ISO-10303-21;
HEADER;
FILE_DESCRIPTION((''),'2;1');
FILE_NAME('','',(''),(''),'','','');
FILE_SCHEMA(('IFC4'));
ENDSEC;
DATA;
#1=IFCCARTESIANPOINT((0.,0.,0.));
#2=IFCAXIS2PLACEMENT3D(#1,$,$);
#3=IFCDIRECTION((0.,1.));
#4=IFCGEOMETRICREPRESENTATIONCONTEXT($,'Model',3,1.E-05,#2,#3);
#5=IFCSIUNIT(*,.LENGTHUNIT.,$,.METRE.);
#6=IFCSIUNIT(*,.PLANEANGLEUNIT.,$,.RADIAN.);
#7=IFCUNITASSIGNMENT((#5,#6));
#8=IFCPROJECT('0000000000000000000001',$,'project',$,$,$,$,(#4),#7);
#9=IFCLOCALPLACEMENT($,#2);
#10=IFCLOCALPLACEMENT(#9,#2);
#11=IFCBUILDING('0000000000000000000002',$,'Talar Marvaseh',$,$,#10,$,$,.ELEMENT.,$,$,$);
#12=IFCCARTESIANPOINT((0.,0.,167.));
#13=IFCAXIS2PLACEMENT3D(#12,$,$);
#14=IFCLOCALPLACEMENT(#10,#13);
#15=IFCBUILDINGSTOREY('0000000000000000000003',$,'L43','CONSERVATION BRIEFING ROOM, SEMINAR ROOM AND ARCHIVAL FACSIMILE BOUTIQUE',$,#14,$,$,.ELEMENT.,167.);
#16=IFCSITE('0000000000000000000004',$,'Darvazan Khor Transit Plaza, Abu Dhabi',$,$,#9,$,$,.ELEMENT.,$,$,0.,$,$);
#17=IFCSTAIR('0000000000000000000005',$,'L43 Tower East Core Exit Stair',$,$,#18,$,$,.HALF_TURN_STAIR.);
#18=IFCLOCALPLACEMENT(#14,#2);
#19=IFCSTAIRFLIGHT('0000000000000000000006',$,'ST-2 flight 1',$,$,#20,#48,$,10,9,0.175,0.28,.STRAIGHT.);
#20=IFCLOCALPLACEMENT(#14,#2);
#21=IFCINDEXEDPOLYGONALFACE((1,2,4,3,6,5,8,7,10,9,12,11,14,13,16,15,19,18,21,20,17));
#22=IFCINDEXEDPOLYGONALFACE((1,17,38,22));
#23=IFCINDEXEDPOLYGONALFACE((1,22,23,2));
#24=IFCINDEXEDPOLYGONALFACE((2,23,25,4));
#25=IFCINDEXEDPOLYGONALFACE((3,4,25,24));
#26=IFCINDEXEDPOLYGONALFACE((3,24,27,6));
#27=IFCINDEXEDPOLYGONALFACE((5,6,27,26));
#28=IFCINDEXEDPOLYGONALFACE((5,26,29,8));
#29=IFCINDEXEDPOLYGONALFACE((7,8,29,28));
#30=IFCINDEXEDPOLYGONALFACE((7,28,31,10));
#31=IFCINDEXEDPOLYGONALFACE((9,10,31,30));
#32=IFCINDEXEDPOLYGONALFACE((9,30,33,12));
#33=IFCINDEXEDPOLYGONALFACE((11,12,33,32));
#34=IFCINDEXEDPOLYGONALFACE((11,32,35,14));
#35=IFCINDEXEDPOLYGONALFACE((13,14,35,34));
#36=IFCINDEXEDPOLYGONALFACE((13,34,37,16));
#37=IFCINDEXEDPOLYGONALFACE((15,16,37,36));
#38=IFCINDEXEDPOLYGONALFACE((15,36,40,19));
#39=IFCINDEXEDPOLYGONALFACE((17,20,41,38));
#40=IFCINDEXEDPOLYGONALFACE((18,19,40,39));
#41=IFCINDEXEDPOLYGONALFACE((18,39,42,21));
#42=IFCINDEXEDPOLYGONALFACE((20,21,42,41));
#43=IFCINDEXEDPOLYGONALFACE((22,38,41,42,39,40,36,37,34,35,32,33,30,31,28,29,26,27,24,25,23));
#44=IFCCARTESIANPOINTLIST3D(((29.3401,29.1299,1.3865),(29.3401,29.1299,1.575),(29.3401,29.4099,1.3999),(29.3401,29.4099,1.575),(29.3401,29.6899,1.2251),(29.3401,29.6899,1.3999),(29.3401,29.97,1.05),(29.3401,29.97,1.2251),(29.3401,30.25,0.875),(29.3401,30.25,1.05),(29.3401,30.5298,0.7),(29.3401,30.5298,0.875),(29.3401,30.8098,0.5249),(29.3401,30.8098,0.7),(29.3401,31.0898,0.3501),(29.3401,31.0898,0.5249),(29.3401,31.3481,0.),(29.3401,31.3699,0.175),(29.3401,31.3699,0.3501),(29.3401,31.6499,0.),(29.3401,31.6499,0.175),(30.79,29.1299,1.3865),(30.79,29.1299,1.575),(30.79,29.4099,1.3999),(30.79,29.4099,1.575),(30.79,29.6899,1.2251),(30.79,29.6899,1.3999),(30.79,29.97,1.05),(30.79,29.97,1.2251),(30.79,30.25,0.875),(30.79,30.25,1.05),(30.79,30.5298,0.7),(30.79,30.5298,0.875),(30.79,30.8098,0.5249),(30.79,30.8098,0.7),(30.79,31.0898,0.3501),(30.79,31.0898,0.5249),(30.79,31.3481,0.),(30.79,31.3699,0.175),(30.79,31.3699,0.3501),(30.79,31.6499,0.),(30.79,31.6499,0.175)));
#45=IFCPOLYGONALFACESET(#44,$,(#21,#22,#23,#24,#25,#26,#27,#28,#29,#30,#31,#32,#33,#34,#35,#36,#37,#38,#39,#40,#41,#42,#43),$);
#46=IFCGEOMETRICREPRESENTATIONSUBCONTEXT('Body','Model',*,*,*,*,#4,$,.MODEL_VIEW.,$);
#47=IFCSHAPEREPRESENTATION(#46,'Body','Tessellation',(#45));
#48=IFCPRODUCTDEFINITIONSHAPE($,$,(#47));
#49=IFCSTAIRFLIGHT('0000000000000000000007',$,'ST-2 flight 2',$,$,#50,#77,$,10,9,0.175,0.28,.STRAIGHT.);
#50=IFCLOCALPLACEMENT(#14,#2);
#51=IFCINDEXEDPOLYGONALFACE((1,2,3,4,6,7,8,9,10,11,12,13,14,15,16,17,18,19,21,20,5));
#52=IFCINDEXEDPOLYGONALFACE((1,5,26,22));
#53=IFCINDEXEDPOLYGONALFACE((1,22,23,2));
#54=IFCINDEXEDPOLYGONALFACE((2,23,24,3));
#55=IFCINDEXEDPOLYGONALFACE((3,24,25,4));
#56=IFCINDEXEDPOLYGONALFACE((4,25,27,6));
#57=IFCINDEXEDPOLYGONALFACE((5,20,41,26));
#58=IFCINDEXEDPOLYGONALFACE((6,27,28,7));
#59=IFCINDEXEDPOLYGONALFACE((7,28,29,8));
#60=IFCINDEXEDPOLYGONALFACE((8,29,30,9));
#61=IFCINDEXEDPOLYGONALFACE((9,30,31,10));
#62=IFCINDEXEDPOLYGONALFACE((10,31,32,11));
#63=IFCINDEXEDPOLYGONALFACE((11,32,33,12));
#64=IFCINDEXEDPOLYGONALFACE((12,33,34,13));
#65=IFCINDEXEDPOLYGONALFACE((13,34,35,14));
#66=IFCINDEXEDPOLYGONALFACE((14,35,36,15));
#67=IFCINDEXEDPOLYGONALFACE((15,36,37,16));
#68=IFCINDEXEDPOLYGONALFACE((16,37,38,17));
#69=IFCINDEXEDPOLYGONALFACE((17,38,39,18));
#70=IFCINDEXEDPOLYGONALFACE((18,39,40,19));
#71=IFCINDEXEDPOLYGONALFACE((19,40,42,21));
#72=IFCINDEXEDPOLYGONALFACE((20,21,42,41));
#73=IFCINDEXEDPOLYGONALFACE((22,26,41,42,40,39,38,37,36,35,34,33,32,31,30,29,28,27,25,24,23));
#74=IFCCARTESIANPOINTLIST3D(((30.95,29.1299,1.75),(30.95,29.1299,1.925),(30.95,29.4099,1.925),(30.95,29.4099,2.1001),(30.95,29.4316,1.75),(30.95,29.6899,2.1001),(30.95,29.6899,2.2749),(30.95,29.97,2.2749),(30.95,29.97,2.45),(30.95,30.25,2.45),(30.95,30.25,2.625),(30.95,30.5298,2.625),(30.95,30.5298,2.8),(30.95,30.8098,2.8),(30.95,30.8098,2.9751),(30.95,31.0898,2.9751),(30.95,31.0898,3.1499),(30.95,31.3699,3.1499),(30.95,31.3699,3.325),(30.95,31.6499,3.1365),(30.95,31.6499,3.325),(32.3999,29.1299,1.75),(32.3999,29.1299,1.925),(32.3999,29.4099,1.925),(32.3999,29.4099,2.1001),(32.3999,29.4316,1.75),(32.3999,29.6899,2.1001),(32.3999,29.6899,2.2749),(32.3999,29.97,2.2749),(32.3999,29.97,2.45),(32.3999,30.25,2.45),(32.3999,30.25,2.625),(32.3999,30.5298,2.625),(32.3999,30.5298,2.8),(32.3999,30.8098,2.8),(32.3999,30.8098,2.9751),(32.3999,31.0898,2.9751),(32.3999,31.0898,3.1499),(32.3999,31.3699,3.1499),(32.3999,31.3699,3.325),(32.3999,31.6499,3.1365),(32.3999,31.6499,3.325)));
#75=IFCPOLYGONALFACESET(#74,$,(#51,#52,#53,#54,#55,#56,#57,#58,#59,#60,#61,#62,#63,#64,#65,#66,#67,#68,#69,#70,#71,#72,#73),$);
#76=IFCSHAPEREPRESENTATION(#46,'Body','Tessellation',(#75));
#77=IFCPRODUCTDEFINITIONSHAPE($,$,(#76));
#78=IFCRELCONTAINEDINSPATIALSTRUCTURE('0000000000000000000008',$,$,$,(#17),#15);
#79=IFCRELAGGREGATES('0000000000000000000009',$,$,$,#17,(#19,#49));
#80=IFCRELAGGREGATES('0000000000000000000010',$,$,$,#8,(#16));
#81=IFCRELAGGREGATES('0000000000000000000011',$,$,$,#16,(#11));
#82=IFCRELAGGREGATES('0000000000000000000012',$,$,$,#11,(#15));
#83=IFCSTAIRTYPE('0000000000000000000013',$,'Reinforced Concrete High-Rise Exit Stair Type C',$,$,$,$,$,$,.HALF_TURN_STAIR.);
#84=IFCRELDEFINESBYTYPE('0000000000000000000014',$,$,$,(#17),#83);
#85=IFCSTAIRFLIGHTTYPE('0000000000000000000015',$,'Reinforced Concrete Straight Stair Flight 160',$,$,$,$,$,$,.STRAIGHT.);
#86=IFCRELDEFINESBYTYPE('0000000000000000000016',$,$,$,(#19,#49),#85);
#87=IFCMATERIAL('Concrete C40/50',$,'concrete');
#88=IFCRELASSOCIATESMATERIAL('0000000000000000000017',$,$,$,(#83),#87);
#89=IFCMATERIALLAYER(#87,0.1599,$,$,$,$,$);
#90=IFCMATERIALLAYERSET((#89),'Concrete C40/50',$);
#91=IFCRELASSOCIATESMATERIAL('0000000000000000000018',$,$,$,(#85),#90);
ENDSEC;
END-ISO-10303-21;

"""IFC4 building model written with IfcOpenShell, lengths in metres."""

from ifc_helpers import new_model, si_unit, direction, frame, origin, place, context, subcontext, project, spatial, polyline, outline, extrude, material, layer, layer_set, type_object, element, aggregate, save


model = new_model("IFC4")

# Units and contexts
model_context = context("Model", 3, precision=1e-05, world=origin(), true_north=direction((0.0, 1.0)))
body_context = subcontext(model_context, "Body", "Model", "MODEL_VIEW")
ifc_project = project(units=[si_unit("LENGTHUNIT", "METRE"), si_unit("PLANEANGLEUNIT", "RADIAN")], contexts=[model_context])

# Site, building, storey
site_placement = place(None, origin())
site = spatial("IfcSite", under=ifc_project, at=site_placement, Name="Darvazan Khor Transit Plaza, Abu Dhabi", CompositionType="ELEMENT", RefElevation=0.0)
building_placement = place(site_placement, origin())
building = spatial("IfcBuilding", under=site, at=building_placement, Name="Talar Marvaseh", CompositionType="ELEMENT")
storey_placement = place(building_placement, frame((0.0, 0.0, 167.0)))
storey = spatial("IfcBuildingStorey", under=building, at=storey_placement, Name="L43", Description="CONSERVATION BRIEFING ROOM, SEMINAR ROOM AND ARCHIVAL FACSIMILE BOUTIQUE", CompositionType="ELEMENT", Elevation=167.0)

# Shared definitions
ifc_material_1 = material(Name="Concrete C40/50", Category="concrete")

# Stair, stair flights
stair_type = type_object("IfcStairType", Name="Reinforced Concrete High-Rise Exit Stair Type C", PredefinedType="HALF_TURN_STAIR", material=ifc_material_1)
stair_placement = place(storey_placement, origin())
stair = element("IfcStair", 1, at=stair_placement, inside=storey, type_object=stair_type, Name="L43 Tower East Core Exit Stair", PredefinedType="HALF_TURN_STAIR")
ifc_layer_1 = layer(ifc_material_1, 0.1599)
ifc_layer_set_1 = layer_set([ifc_layer_1], Name="Concrete C40/50")
stair_flight_type = type_object("IfcStairFlightType", Name="Reinforced Concrete Straight Stair Flight 160", PredefinedType="STRAIGHT", material=ifc_layer_set_1)
stair_flight_1_placement = place(storey_placement, frame((30.0649, 31.6499, 0.0), z_axis=(0.0, 0.0, 1.0), x_axis=(0.0, -1.0, 0.0)))
stair_flight_1 = element("IfcStairFlight", 2, at=stair_flight_1_placement, type_object=stair_flight_type, Name="ST-2 flight 1", NumberOfRisers=10, NumberOfTreads=9, PredefinedType="STRAIGHT", RiserHeight=0.175, TreadLength=0.28, context=body_context, shape_type="SweptSolid", body=[
    extrude(outline(polyline([(0.0, 0.0), (0.0, 0.175), (0.28, 0.175), (0.28, 0.3501), (0.5601, 0.3501), (0.5601, 0.5249), (0.8401, 0.5249), (0.8401, 0.7), (1.1201, 0.7), (1.1201, 0.875), (1.3999, 0.875), (1.3999, 1.05), (1.6799, 1.05), (1.6799, 1.2251), (1.96, 1.2251), (1.96, 1.3999), (2.24, 1.3999), (2.24, 1.575), (2.52, 1.575), (2.52, 1.75), (2.52, 1.3865), (0.3018, 0.0), (0.0, 0.0)])), frame((0.0, 0.7251, 0.0), z_axis=(0.0, -1.0, 0.0), x_axis=(1.0, 0.0, 0.0)), (0.0, 0.0, 1.0), 1.45),
])
stair_flight_2_placement = place(storey_placement, frame((31.675, 29.1299, 1.75), z_axis=(0.0, 0.0, 1.0), x_axis=(0.0, 1.0, 0.0)))
stair_flight_2 = element("IfcStairFlight", 3, at=stair_flight_2_placement, type_object=stair_flight_type, Name="ST-2 flight 2", NumberOfRisers=10, NumberOfTreads=9, PredefinedType="STRAIGHT", RiserHeight=0.175, TreadLength=0.28, context=body_context, shape_type="SweptSolid", body=[
    extrude(outline(polyline([(0.0, 0.0), (0.0, 0.175), (0.28, 0.175), (0.28, 0.3501), (0.5601, 0.3501), (0.5601, 0.5249), (0.8401, 0.5249), (0.8401, 0.7), (1.1201, 0.7), (1.1201, 0.875), (1.3999, 0.875), (1.3999, 1.05), (1.6799, 1.05), (1.6799, 1.2251), (1.96, 1.2251), (1.96, 1.3999), (2.24, 1.3999), (2.24, 1.575), (2.52, 1.575), (2.52, 1.75), (2.52, 1.3865), (0.3018, 0.0), (0.0, 0.0)])), frame((0.0, 0.7251, 0.0), z_axis=(0.0, -1.0, 0.0), x_axis=(1.0, 0.0, 0.0)), (0.0, 0.0, 1.0), 1.45),
])
aggregate(stair, [stair_flight_1, stair_flight_2])

save(model, "model.ifc")
